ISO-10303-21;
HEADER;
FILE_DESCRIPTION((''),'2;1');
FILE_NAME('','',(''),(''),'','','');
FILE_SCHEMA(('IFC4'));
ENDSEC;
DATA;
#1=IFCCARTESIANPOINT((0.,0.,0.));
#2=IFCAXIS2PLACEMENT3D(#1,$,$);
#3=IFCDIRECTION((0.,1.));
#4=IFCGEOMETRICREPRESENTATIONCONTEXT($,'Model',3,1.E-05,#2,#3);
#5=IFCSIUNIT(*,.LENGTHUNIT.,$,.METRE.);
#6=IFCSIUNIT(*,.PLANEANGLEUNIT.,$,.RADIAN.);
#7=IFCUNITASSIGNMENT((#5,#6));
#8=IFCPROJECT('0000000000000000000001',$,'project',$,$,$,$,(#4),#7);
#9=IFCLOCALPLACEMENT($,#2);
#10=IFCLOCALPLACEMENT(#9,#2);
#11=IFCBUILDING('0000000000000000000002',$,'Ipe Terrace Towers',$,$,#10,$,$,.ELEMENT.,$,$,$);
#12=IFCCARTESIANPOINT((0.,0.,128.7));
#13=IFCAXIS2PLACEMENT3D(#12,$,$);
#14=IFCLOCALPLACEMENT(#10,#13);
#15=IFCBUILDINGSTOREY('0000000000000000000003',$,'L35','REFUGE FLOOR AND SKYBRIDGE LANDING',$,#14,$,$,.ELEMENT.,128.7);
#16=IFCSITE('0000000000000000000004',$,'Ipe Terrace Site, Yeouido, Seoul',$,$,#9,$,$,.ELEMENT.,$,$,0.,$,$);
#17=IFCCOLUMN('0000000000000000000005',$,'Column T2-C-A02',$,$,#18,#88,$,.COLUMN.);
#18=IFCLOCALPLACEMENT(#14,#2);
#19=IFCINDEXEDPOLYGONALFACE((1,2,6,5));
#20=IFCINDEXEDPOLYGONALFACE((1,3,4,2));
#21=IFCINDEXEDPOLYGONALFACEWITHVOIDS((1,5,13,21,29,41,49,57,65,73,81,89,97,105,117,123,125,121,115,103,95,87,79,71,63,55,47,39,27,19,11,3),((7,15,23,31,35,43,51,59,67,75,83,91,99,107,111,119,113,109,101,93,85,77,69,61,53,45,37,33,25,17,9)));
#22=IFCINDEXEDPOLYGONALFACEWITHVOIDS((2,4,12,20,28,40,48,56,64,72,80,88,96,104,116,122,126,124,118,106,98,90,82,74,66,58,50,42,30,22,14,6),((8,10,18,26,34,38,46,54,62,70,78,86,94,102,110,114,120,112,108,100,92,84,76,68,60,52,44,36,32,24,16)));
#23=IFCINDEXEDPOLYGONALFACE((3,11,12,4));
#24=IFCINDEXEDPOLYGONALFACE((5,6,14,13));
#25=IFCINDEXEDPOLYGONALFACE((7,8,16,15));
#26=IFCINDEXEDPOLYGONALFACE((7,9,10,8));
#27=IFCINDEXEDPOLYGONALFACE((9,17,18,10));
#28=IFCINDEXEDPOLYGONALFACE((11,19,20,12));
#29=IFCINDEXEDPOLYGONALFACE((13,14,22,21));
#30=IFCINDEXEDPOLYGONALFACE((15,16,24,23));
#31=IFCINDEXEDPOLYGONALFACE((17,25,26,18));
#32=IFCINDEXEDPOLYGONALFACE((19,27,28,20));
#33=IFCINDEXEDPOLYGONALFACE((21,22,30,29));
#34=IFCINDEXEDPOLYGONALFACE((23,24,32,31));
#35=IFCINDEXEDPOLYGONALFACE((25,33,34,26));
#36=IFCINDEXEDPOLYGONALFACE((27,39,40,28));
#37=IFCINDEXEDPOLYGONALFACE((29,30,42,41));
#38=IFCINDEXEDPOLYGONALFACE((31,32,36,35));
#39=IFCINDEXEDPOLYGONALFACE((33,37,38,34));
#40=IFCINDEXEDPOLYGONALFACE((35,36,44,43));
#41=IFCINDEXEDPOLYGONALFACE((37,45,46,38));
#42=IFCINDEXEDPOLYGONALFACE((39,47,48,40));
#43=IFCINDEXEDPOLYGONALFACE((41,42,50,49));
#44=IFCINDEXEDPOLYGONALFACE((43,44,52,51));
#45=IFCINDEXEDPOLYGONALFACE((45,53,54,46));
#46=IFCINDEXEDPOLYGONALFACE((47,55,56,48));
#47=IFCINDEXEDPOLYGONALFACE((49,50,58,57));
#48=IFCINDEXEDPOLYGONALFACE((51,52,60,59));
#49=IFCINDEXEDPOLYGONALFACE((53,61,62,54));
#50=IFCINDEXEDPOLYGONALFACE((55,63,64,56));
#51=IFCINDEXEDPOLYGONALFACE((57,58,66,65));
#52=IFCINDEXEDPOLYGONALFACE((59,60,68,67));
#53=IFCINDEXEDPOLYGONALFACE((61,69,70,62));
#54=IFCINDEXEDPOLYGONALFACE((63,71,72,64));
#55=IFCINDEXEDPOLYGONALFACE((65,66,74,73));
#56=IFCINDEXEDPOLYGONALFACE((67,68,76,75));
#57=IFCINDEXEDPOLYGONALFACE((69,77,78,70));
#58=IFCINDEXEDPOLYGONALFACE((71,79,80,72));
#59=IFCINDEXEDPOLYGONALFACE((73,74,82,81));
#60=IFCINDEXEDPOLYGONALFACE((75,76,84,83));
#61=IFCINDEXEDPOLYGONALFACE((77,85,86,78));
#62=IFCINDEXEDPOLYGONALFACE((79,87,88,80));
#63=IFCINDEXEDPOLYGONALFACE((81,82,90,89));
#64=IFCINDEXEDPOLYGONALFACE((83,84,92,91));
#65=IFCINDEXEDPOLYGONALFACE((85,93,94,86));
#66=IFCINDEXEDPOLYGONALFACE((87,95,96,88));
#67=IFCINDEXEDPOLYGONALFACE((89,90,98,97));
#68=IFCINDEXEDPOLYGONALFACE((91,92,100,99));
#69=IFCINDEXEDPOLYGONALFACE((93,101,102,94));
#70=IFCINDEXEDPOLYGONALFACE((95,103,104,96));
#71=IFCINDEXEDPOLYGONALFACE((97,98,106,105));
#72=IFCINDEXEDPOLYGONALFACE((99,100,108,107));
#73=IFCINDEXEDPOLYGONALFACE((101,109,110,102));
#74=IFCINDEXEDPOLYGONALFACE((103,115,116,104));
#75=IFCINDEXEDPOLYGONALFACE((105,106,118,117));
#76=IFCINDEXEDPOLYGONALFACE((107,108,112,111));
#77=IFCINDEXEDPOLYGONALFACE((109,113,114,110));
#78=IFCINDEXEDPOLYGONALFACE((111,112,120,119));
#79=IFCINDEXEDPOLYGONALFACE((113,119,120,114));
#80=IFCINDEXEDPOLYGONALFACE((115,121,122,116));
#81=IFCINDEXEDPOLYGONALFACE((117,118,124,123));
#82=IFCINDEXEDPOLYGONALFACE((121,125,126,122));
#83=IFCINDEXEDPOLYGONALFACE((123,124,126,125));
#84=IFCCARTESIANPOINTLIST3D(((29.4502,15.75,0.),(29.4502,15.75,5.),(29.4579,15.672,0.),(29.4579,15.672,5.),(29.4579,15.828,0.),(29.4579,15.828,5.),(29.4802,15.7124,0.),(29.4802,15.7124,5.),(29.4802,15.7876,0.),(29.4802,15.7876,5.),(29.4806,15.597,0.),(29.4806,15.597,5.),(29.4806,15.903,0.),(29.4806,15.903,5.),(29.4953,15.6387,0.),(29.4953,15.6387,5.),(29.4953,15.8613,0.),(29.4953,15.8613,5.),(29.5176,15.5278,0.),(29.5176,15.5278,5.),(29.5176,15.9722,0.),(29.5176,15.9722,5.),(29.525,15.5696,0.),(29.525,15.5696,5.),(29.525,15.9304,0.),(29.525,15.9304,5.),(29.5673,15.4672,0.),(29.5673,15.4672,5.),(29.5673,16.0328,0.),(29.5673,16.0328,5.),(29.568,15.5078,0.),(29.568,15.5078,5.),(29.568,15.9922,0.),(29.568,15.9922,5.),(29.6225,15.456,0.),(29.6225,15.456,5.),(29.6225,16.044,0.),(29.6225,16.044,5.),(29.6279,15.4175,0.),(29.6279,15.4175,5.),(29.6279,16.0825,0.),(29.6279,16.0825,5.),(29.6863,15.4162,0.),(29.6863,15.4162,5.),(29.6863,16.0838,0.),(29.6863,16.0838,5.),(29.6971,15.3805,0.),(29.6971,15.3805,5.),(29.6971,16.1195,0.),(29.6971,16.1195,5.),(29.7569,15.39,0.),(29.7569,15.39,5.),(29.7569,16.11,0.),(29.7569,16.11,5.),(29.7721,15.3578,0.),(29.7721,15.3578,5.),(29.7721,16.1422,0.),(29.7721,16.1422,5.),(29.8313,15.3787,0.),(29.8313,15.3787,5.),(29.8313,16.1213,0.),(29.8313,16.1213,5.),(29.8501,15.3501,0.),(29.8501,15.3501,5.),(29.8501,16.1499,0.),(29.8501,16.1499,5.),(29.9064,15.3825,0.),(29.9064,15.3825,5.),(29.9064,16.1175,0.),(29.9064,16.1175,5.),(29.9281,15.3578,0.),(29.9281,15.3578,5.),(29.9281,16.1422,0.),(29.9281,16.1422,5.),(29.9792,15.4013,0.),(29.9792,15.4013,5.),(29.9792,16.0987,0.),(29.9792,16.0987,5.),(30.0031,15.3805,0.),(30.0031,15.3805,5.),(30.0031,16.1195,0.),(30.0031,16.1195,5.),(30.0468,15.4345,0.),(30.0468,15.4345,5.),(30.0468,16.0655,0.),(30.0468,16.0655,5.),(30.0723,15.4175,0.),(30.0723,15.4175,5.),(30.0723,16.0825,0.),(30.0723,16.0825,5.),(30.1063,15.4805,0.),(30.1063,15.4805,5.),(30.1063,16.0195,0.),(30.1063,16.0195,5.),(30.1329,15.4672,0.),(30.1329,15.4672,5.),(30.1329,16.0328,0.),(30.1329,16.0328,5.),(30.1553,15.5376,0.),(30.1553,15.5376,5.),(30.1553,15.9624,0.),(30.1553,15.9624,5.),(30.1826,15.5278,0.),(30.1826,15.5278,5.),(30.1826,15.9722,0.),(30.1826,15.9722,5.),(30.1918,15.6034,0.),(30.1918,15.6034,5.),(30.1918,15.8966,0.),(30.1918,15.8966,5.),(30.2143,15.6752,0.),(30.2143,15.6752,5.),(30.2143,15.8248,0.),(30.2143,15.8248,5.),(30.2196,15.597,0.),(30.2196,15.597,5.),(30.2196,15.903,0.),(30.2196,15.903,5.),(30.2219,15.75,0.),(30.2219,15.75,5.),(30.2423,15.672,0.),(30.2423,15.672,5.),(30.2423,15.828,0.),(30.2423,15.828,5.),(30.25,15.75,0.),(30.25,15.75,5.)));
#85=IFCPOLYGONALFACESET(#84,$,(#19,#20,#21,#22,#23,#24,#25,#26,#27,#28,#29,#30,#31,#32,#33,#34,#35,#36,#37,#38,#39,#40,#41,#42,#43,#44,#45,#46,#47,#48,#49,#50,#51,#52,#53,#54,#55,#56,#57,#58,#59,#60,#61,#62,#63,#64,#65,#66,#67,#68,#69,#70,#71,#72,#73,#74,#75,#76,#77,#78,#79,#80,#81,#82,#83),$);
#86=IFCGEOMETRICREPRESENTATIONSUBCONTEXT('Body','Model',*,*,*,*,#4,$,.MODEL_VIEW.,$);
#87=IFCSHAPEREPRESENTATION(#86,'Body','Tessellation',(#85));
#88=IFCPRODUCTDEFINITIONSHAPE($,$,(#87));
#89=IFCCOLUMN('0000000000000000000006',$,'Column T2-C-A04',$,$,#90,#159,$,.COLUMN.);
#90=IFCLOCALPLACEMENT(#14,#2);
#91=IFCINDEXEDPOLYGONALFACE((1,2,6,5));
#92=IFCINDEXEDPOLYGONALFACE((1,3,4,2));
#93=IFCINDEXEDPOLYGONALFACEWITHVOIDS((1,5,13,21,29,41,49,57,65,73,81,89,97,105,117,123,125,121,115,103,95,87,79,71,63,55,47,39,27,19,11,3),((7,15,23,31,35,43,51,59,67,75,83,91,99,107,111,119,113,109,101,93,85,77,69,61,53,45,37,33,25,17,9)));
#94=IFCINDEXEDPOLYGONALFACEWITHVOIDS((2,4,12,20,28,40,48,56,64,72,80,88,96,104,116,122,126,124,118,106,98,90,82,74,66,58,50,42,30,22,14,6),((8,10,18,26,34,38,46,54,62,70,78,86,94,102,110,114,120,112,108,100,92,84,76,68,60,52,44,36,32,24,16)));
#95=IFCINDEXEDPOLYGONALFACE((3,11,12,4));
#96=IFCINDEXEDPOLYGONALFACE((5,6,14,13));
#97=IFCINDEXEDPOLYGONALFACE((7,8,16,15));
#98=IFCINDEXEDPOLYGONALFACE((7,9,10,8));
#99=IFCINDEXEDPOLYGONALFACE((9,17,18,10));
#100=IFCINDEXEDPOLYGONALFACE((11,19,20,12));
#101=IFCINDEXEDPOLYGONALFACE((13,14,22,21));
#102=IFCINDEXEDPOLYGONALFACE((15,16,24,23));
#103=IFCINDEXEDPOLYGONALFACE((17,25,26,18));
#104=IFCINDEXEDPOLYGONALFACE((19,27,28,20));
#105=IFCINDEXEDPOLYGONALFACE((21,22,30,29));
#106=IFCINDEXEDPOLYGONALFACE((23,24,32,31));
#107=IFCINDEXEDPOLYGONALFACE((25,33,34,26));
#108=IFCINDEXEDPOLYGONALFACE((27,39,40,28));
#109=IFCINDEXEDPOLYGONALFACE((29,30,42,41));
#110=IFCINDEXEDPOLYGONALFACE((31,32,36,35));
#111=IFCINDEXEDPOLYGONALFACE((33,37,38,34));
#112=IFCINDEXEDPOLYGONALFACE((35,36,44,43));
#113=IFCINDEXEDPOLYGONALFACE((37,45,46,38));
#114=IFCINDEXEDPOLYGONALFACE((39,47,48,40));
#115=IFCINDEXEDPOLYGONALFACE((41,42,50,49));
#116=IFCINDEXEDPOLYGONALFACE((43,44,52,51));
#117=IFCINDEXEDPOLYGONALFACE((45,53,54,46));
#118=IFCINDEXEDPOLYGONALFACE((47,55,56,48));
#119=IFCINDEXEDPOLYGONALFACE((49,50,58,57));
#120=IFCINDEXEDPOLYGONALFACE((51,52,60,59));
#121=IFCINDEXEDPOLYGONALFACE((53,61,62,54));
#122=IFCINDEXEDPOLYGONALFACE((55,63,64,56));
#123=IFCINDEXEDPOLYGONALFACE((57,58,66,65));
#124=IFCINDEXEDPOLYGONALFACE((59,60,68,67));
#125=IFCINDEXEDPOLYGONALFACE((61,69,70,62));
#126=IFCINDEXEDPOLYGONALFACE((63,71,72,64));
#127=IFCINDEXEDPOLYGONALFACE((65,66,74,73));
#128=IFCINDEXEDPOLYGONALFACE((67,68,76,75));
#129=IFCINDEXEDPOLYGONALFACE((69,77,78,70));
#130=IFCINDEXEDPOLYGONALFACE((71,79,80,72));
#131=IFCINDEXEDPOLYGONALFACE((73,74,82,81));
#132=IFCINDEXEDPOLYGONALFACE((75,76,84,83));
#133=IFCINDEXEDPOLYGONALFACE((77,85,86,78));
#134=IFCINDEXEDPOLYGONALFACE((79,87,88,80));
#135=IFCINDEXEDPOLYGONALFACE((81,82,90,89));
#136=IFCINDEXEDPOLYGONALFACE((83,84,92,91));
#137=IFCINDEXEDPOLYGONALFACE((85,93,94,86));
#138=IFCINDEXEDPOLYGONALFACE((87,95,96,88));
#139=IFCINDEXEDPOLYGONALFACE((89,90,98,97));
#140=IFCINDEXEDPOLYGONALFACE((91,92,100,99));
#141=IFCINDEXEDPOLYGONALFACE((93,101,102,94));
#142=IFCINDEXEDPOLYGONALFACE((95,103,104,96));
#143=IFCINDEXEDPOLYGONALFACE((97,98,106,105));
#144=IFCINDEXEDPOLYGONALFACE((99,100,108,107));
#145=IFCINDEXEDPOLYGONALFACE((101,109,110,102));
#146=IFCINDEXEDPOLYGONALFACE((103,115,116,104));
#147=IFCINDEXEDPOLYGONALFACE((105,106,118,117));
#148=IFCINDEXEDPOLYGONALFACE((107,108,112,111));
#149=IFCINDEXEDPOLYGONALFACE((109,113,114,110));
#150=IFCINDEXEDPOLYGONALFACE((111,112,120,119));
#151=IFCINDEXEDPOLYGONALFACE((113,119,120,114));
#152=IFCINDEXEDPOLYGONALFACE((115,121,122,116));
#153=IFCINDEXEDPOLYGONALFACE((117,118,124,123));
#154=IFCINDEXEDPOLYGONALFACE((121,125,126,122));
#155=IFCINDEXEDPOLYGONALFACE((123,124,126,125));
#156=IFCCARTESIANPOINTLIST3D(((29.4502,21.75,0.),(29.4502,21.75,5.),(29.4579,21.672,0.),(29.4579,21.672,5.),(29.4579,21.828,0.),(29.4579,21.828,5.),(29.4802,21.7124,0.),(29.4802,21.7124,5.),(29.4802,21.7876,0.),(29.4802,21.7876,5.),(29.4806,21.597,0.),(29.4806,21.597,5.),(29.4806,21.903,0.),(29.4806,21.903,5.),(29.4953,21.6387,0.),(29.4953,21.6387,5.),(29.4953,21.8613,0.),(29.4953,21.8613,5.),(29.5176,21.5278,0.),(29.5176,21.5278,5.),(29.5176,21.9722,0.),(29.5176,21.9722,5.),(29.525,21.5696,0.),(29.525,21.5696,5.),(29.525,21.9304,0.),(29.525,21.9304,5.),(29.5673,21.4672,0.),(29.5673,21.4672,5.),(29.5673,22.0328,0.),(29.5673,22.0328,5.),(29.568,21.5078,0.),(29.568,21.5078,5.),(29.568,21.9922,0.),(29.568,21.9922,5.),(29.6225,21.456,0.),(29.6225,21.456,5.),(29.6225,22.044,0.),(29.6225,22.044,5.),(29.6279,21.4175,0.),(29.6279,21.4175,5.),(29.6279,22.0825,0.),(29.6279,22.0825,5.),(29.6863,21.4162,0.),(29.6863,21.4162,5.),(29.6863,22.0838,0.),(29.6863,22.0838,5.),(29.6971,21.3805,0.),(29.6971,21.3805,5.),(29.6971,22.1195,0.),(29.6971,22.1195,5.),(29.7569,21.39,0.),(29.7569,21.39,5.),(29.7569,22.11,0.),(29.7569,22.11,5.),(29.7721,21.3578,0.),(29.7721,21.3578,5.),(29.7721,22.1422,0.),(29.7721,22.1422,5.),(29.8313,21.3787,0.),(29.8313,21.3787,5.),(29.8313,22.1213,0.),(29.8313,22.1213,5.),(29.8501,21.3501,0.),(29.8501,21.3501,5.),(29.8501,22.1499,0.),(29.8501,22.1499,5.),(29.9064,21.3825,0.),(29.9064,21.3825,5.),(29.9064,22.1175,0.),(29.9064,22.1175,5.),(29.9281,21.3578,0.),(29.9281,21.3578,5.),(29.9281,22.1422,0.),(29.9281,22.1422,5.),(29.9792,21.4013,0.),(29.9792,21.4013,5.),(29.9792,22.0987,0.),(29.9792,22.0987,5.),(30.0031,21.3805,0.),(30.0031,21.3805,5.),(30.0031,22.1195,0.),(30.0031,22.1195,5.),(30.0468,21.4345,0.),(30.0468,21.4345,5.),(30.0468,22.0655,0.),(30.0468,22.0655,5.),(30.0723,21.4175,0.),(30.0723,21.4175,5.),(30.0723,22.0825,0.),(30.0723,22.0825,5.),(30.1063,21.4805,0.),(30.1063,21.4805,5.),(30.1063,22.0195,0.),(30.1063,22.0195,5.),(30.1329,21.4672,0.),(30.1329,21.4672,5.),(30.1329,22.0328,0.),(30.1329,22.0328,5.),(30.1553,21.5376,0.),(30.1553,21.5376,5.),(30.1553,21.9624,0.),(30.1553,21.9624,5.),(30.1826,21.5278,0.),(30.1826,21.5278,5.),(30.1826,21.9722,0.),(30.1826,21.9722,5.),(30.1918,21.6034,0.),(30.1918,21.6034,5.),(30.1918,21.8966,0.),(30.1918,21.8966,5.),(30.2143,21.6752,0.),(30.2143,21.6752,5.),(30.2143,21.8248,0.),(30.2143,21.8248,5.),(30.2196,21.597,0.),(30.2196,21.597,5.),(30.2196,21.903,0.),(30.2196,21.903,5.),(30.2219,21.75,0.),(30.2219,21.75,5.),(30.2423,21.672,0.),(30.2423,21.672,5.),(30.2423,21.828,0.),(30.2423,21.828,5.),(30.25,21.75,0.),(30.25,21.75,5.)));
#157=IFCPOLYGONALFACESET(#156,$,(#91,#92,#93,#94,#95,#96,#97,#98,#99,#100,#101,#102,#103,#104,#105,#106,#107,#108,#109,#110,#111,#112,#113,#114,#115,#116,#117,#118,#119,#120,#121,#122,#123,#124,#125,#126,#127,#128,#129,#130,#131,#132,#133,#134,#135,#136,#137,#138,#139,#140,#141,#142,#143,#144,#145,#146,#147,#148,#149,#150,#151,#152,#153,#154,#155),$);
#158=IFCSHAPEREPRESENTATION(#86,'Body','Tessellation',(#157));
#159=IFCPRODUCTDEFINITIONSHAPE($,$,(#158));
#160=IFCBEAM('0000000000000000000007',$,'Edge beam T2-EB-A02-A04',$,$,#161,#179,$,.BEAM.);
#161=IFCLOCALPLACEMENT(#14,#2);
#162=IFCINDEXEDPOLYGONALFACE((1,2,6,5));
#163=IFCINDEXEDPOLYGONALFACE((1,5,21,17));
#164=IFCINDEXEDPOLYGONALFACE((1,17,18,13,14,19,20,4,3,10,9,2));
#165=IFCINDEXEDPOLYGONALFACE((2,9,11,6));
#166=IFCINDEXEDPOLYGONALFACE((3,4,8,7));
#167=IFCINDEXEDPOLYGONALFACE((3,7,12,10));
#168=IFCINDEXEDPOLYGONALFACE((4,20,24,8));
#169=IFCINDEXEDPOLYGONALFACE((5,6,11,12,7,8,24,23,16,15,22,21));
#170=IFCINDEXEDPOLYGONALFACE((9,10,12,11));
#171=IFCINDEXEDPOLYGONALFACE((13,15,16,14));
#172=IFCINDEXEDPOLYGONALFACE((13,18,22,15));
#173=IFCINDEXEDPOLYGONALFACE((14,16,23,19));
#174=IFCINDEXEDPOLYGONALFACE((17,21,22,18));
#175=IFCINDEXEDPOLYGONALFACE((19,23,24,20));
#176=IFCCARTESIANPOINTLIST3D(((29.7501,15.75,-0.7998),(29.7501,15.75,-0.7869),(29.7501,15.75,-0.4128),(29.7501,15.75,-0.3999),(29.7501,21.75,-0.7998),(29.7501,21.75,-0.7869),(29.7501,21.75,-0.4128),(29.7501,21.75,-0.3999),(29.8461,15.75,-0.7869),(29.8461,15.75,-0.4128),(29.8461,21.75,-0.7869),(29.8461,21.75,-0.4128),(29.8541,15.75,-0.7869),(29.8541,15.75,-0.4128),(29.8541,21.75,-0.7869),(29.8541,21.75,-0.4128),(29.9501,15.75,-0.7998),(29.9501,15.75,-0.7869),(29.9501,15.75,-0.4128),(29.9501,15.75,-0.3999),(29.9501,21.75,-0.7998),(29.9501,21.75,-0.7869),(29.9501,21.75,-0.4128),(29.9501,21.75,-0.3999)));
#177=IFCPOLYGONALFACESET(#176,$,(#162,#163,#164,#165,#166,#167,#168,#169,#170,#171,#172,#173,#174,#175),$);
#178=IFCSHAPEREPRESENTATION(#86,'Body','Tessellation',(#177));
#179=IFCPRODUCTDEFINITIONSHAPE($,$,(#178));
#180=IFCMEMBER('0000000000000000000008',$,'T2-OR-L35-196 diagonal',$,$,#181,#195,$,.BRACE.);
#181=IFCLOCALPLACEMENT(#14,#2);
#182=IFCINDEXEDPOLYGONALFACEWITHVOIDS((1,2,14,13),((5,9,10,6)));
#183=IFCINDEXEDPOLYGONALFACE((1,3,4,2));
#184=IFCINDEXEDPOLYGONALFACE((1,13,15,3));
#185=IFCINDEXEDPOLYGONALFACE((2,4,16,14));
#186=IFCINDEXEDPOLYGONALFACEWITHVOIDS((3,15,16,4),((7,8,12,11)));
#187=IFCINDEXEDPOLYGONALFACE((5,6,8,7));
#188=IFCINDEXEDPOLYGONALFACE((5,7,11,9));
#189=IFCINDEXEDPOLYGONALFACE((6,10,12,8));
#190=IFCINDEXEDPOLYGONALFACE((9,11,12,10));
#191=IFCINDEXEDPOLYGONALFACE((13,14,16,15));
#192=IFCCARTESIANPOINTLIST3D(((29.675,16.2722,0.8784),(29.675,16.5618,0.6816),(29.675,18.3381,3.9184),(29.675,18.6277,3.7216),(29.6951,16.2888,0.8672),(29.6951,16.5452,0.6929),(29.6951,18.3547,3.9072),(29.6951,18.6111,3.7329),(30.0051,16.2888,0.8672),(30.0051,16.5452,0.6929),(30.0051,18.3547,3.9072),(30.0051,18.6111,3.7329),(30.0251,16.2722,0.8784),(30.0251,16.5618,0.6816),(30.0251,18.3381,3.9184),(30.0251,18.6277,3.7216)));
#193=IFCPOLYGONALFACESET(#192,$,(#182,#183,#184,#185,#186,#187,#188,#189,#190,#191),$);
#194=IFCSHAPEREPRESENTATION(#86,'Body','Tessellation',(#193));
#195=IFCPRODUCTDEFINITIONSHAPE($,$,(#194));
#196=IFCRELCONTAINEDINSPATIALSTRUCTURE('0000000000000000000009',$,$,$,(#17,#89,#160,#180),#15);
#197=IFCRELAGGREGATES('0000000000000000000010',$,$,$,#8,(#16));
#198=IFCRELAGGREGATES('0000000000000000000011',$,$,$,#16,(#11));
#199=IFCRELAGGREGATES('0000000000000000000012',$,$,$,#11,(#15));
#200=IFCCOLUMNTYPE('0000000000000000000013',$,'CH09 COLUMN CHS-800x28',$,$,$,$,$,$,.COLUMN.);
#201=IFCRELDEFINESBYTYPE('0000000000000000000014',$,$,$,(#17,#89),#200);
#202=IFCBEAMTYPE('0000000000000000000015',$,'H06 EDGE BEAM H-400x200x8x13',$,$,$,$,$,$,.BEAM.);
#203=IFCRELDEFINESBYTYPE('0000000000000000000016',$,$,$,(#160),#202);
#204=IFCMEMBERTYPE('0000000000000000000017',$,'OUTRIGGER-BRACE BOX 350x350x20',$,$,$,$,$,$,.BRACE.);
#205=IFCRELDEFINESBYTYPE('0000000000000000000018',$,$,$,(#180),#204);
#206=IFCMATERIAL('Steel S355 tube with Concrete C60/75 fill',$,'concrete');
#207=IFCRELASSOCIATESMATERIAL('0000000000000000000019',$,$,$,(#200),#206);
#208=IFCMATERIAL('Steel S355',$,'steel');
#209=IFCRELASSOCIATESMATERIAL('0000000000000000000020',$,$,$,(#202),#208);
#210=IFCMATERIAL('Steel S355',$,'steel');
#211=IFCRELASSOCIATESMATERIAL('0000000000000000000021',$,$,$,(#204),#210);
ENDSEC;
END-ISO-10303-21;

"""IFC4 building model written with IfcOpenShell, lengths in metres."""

from ifc_helpers import new_model, si_unit, direction, frame, origin, origin_2d, place, context, subcontext, project, spatial, hollow_rectangle, hollow_circle, i_section, extrude, material, material_profile, profile_set, type_object, element, save


model = new_model("IFC4")

# Units and contexts
model_context = context("Model", 3, precision=1e-05, world=origin(), true_north=direction((0.0, 1.0)))
body_context = subcontext(model_context, "Body", "Model", "MODEL_VIEW")
ifc_project = project(units=[si_unit("LENGTHUNIT", "METRE"), si_unit("PLANEANGLEUNIT", "RADIAN")], contexts=[model_context])

# Site, building, storey
site_placement = place(None, origin())
site = spatial("IfcSite", under=ifc_project, at=site_placement, Name="Ipe Terrace Site, Yeouido, Seoul", CompositionType="ELEMENT", RefElevation=0.0)
building_placement = place(site_placement, origin())
building = spatial("IfcBuilding", under=site, at=building_placement, Name="Ipe Terrace Towers", CompositionType="ELEMENT")
storey_placement = place(building_placement, frame((0.0, 0.0, 128.7)))
storey = spatial("IfcBuildingStorey", under=building, at=storey_placement, Name="L35", Description="REFUGE FLOOR AND SKYBRIDGE LANDING", CompositionType="ELEMENT", Elevation=128.7)

# Columns
ifc_material_1 = material(Name="Steel S355 tube with Concrete C60/75 fill", Category="concrete")
ifc_material_profile_1 = material_profile(ifc_material_1, hollow_circle(Radius=0.3999, WallThickness=0.0281, at=origin_2d()), Name="CHS-800x28")
ifc_profile_set_1 = profile_set([ifc_material_profile_1], Name="Steel S355 tube with Concrete C60/75 fill")
column_type = type_object("IfcColumnType", Name="CH09 COLUMN CHS-800x28", PredefinedType="COLUMN", material=ifc_profile_set_1)
for number, where, z_axis, x_axis, name in (
    (1, (29.8501, 15.75, 0.0), (0.0, 0.0, 1.0), (1.0, 0.0, 0.0), "Column T2-C-A02"),
    (2, (29.8501, 21.75, 0.0), (0.0, 0.0, 1.0), (1.0, 0.0, 0.0), "Column T2-C-A04"),
):
    element("IfcColumn", number, at=place(storey_placement, frame(where, z_axis=z_axis, x_axis=x_axis)), inside=storey, type_object=column_type, Name=name, PredefinedType="COLUMN", context=body_context, shape_type="SweptSolid", body=[
        extrude(hollow_circle(Radius=0.3999, WallThickness=0.0281, at=origin_2d()), origin(), (0.0, 0.0, 1.0), 5.0),
    ])

# Beam
ifc_material_2 = material(Name="Steel S355", Category="steel")
ifc_material_profile_2 = material_profile(ifc_material_2, i_section(OverallWidth=0.2, OverallDepth=0.3999, WebThickness=0.0081, FlangeThickness=0.0129, at=origin_2d()), Name="H-400x200x8x13")
ifc_profile_set_2 = profile_set([ifc_material_profile_2], Name="Steel S355")
beam_type = type_object("IfcBeamType", Name="H06 EDGE BEAM H-400x200x8x13", PredefinedType="BEAM", material=ifc_profile_set_2)
beam_placement = place(storey_placement, frame((29.8501, 15.75, -0.5999), z_axis=(0.0, 1.0, 0.0), x_axis=(-1.0, 0.0, 0.0)))
element("IfcBeam", 3, at=beam_placement, inside=storey, type_object=beam_type, Name="Edge beam T2-EB-A02-A04", PredefinedType="BEAM", context=body_context, shape_type="SweptSolid", body=[
    extrude(i_section(OverallWidth=0.2, OverallDepth=0.3999, WebThickness=0.0081, FlangeThickness=0.0129, at=origin_2d()), origin(), (0.0, 0.0, 1.0), 6.0),
])

# Member
ifc_material_3 = material(Name="Steel S355", Category="steel")
ifc_material_profile_3 = material_profile(ifc_material_3, hollow_rectangle(XDim=0.3501, YDim=0.3501, WallThickness=0.02, at=origin_2d()), Name="OUTRIGGER-BRACE BOX 350x350x20")
ifc_profile_set_3 = profile_set([ifc_material_profile_3], Name="Steel S355")
member_type_1 = type_object("IfcMemberType", Name="OUTRIGGER-BRACE BOX 350x350x20", PredefinedType="BRACE", material=ifc_profile_set_3)
for number, where, z_axis, x_axis, name in (
    (4, (29.8501, 16.417, 0.78), (0.0, 0.562067, 0.827092), (-1.0, 0.0, 0.0), "T2-OR-L35-196 diagonal"),
):
    element("IfcMember", number, at=place(storey_placement, frame(where, z_axis=z_axis, x_axis=x_axis)), inside=storey, type_object=member_type_1, Name=name, PredefinedType="BRACE", context=body_context, shape_type="SweptSolid", body=[
        extrude(hollow_rectangle(XDim=0.3501, YDim=0.3501, WallThickness=0.02, at=origin_2d()), origin(), (0.0, 0.0, 1.0), 3.6755),
    ])

save(model, "model.ifc")
